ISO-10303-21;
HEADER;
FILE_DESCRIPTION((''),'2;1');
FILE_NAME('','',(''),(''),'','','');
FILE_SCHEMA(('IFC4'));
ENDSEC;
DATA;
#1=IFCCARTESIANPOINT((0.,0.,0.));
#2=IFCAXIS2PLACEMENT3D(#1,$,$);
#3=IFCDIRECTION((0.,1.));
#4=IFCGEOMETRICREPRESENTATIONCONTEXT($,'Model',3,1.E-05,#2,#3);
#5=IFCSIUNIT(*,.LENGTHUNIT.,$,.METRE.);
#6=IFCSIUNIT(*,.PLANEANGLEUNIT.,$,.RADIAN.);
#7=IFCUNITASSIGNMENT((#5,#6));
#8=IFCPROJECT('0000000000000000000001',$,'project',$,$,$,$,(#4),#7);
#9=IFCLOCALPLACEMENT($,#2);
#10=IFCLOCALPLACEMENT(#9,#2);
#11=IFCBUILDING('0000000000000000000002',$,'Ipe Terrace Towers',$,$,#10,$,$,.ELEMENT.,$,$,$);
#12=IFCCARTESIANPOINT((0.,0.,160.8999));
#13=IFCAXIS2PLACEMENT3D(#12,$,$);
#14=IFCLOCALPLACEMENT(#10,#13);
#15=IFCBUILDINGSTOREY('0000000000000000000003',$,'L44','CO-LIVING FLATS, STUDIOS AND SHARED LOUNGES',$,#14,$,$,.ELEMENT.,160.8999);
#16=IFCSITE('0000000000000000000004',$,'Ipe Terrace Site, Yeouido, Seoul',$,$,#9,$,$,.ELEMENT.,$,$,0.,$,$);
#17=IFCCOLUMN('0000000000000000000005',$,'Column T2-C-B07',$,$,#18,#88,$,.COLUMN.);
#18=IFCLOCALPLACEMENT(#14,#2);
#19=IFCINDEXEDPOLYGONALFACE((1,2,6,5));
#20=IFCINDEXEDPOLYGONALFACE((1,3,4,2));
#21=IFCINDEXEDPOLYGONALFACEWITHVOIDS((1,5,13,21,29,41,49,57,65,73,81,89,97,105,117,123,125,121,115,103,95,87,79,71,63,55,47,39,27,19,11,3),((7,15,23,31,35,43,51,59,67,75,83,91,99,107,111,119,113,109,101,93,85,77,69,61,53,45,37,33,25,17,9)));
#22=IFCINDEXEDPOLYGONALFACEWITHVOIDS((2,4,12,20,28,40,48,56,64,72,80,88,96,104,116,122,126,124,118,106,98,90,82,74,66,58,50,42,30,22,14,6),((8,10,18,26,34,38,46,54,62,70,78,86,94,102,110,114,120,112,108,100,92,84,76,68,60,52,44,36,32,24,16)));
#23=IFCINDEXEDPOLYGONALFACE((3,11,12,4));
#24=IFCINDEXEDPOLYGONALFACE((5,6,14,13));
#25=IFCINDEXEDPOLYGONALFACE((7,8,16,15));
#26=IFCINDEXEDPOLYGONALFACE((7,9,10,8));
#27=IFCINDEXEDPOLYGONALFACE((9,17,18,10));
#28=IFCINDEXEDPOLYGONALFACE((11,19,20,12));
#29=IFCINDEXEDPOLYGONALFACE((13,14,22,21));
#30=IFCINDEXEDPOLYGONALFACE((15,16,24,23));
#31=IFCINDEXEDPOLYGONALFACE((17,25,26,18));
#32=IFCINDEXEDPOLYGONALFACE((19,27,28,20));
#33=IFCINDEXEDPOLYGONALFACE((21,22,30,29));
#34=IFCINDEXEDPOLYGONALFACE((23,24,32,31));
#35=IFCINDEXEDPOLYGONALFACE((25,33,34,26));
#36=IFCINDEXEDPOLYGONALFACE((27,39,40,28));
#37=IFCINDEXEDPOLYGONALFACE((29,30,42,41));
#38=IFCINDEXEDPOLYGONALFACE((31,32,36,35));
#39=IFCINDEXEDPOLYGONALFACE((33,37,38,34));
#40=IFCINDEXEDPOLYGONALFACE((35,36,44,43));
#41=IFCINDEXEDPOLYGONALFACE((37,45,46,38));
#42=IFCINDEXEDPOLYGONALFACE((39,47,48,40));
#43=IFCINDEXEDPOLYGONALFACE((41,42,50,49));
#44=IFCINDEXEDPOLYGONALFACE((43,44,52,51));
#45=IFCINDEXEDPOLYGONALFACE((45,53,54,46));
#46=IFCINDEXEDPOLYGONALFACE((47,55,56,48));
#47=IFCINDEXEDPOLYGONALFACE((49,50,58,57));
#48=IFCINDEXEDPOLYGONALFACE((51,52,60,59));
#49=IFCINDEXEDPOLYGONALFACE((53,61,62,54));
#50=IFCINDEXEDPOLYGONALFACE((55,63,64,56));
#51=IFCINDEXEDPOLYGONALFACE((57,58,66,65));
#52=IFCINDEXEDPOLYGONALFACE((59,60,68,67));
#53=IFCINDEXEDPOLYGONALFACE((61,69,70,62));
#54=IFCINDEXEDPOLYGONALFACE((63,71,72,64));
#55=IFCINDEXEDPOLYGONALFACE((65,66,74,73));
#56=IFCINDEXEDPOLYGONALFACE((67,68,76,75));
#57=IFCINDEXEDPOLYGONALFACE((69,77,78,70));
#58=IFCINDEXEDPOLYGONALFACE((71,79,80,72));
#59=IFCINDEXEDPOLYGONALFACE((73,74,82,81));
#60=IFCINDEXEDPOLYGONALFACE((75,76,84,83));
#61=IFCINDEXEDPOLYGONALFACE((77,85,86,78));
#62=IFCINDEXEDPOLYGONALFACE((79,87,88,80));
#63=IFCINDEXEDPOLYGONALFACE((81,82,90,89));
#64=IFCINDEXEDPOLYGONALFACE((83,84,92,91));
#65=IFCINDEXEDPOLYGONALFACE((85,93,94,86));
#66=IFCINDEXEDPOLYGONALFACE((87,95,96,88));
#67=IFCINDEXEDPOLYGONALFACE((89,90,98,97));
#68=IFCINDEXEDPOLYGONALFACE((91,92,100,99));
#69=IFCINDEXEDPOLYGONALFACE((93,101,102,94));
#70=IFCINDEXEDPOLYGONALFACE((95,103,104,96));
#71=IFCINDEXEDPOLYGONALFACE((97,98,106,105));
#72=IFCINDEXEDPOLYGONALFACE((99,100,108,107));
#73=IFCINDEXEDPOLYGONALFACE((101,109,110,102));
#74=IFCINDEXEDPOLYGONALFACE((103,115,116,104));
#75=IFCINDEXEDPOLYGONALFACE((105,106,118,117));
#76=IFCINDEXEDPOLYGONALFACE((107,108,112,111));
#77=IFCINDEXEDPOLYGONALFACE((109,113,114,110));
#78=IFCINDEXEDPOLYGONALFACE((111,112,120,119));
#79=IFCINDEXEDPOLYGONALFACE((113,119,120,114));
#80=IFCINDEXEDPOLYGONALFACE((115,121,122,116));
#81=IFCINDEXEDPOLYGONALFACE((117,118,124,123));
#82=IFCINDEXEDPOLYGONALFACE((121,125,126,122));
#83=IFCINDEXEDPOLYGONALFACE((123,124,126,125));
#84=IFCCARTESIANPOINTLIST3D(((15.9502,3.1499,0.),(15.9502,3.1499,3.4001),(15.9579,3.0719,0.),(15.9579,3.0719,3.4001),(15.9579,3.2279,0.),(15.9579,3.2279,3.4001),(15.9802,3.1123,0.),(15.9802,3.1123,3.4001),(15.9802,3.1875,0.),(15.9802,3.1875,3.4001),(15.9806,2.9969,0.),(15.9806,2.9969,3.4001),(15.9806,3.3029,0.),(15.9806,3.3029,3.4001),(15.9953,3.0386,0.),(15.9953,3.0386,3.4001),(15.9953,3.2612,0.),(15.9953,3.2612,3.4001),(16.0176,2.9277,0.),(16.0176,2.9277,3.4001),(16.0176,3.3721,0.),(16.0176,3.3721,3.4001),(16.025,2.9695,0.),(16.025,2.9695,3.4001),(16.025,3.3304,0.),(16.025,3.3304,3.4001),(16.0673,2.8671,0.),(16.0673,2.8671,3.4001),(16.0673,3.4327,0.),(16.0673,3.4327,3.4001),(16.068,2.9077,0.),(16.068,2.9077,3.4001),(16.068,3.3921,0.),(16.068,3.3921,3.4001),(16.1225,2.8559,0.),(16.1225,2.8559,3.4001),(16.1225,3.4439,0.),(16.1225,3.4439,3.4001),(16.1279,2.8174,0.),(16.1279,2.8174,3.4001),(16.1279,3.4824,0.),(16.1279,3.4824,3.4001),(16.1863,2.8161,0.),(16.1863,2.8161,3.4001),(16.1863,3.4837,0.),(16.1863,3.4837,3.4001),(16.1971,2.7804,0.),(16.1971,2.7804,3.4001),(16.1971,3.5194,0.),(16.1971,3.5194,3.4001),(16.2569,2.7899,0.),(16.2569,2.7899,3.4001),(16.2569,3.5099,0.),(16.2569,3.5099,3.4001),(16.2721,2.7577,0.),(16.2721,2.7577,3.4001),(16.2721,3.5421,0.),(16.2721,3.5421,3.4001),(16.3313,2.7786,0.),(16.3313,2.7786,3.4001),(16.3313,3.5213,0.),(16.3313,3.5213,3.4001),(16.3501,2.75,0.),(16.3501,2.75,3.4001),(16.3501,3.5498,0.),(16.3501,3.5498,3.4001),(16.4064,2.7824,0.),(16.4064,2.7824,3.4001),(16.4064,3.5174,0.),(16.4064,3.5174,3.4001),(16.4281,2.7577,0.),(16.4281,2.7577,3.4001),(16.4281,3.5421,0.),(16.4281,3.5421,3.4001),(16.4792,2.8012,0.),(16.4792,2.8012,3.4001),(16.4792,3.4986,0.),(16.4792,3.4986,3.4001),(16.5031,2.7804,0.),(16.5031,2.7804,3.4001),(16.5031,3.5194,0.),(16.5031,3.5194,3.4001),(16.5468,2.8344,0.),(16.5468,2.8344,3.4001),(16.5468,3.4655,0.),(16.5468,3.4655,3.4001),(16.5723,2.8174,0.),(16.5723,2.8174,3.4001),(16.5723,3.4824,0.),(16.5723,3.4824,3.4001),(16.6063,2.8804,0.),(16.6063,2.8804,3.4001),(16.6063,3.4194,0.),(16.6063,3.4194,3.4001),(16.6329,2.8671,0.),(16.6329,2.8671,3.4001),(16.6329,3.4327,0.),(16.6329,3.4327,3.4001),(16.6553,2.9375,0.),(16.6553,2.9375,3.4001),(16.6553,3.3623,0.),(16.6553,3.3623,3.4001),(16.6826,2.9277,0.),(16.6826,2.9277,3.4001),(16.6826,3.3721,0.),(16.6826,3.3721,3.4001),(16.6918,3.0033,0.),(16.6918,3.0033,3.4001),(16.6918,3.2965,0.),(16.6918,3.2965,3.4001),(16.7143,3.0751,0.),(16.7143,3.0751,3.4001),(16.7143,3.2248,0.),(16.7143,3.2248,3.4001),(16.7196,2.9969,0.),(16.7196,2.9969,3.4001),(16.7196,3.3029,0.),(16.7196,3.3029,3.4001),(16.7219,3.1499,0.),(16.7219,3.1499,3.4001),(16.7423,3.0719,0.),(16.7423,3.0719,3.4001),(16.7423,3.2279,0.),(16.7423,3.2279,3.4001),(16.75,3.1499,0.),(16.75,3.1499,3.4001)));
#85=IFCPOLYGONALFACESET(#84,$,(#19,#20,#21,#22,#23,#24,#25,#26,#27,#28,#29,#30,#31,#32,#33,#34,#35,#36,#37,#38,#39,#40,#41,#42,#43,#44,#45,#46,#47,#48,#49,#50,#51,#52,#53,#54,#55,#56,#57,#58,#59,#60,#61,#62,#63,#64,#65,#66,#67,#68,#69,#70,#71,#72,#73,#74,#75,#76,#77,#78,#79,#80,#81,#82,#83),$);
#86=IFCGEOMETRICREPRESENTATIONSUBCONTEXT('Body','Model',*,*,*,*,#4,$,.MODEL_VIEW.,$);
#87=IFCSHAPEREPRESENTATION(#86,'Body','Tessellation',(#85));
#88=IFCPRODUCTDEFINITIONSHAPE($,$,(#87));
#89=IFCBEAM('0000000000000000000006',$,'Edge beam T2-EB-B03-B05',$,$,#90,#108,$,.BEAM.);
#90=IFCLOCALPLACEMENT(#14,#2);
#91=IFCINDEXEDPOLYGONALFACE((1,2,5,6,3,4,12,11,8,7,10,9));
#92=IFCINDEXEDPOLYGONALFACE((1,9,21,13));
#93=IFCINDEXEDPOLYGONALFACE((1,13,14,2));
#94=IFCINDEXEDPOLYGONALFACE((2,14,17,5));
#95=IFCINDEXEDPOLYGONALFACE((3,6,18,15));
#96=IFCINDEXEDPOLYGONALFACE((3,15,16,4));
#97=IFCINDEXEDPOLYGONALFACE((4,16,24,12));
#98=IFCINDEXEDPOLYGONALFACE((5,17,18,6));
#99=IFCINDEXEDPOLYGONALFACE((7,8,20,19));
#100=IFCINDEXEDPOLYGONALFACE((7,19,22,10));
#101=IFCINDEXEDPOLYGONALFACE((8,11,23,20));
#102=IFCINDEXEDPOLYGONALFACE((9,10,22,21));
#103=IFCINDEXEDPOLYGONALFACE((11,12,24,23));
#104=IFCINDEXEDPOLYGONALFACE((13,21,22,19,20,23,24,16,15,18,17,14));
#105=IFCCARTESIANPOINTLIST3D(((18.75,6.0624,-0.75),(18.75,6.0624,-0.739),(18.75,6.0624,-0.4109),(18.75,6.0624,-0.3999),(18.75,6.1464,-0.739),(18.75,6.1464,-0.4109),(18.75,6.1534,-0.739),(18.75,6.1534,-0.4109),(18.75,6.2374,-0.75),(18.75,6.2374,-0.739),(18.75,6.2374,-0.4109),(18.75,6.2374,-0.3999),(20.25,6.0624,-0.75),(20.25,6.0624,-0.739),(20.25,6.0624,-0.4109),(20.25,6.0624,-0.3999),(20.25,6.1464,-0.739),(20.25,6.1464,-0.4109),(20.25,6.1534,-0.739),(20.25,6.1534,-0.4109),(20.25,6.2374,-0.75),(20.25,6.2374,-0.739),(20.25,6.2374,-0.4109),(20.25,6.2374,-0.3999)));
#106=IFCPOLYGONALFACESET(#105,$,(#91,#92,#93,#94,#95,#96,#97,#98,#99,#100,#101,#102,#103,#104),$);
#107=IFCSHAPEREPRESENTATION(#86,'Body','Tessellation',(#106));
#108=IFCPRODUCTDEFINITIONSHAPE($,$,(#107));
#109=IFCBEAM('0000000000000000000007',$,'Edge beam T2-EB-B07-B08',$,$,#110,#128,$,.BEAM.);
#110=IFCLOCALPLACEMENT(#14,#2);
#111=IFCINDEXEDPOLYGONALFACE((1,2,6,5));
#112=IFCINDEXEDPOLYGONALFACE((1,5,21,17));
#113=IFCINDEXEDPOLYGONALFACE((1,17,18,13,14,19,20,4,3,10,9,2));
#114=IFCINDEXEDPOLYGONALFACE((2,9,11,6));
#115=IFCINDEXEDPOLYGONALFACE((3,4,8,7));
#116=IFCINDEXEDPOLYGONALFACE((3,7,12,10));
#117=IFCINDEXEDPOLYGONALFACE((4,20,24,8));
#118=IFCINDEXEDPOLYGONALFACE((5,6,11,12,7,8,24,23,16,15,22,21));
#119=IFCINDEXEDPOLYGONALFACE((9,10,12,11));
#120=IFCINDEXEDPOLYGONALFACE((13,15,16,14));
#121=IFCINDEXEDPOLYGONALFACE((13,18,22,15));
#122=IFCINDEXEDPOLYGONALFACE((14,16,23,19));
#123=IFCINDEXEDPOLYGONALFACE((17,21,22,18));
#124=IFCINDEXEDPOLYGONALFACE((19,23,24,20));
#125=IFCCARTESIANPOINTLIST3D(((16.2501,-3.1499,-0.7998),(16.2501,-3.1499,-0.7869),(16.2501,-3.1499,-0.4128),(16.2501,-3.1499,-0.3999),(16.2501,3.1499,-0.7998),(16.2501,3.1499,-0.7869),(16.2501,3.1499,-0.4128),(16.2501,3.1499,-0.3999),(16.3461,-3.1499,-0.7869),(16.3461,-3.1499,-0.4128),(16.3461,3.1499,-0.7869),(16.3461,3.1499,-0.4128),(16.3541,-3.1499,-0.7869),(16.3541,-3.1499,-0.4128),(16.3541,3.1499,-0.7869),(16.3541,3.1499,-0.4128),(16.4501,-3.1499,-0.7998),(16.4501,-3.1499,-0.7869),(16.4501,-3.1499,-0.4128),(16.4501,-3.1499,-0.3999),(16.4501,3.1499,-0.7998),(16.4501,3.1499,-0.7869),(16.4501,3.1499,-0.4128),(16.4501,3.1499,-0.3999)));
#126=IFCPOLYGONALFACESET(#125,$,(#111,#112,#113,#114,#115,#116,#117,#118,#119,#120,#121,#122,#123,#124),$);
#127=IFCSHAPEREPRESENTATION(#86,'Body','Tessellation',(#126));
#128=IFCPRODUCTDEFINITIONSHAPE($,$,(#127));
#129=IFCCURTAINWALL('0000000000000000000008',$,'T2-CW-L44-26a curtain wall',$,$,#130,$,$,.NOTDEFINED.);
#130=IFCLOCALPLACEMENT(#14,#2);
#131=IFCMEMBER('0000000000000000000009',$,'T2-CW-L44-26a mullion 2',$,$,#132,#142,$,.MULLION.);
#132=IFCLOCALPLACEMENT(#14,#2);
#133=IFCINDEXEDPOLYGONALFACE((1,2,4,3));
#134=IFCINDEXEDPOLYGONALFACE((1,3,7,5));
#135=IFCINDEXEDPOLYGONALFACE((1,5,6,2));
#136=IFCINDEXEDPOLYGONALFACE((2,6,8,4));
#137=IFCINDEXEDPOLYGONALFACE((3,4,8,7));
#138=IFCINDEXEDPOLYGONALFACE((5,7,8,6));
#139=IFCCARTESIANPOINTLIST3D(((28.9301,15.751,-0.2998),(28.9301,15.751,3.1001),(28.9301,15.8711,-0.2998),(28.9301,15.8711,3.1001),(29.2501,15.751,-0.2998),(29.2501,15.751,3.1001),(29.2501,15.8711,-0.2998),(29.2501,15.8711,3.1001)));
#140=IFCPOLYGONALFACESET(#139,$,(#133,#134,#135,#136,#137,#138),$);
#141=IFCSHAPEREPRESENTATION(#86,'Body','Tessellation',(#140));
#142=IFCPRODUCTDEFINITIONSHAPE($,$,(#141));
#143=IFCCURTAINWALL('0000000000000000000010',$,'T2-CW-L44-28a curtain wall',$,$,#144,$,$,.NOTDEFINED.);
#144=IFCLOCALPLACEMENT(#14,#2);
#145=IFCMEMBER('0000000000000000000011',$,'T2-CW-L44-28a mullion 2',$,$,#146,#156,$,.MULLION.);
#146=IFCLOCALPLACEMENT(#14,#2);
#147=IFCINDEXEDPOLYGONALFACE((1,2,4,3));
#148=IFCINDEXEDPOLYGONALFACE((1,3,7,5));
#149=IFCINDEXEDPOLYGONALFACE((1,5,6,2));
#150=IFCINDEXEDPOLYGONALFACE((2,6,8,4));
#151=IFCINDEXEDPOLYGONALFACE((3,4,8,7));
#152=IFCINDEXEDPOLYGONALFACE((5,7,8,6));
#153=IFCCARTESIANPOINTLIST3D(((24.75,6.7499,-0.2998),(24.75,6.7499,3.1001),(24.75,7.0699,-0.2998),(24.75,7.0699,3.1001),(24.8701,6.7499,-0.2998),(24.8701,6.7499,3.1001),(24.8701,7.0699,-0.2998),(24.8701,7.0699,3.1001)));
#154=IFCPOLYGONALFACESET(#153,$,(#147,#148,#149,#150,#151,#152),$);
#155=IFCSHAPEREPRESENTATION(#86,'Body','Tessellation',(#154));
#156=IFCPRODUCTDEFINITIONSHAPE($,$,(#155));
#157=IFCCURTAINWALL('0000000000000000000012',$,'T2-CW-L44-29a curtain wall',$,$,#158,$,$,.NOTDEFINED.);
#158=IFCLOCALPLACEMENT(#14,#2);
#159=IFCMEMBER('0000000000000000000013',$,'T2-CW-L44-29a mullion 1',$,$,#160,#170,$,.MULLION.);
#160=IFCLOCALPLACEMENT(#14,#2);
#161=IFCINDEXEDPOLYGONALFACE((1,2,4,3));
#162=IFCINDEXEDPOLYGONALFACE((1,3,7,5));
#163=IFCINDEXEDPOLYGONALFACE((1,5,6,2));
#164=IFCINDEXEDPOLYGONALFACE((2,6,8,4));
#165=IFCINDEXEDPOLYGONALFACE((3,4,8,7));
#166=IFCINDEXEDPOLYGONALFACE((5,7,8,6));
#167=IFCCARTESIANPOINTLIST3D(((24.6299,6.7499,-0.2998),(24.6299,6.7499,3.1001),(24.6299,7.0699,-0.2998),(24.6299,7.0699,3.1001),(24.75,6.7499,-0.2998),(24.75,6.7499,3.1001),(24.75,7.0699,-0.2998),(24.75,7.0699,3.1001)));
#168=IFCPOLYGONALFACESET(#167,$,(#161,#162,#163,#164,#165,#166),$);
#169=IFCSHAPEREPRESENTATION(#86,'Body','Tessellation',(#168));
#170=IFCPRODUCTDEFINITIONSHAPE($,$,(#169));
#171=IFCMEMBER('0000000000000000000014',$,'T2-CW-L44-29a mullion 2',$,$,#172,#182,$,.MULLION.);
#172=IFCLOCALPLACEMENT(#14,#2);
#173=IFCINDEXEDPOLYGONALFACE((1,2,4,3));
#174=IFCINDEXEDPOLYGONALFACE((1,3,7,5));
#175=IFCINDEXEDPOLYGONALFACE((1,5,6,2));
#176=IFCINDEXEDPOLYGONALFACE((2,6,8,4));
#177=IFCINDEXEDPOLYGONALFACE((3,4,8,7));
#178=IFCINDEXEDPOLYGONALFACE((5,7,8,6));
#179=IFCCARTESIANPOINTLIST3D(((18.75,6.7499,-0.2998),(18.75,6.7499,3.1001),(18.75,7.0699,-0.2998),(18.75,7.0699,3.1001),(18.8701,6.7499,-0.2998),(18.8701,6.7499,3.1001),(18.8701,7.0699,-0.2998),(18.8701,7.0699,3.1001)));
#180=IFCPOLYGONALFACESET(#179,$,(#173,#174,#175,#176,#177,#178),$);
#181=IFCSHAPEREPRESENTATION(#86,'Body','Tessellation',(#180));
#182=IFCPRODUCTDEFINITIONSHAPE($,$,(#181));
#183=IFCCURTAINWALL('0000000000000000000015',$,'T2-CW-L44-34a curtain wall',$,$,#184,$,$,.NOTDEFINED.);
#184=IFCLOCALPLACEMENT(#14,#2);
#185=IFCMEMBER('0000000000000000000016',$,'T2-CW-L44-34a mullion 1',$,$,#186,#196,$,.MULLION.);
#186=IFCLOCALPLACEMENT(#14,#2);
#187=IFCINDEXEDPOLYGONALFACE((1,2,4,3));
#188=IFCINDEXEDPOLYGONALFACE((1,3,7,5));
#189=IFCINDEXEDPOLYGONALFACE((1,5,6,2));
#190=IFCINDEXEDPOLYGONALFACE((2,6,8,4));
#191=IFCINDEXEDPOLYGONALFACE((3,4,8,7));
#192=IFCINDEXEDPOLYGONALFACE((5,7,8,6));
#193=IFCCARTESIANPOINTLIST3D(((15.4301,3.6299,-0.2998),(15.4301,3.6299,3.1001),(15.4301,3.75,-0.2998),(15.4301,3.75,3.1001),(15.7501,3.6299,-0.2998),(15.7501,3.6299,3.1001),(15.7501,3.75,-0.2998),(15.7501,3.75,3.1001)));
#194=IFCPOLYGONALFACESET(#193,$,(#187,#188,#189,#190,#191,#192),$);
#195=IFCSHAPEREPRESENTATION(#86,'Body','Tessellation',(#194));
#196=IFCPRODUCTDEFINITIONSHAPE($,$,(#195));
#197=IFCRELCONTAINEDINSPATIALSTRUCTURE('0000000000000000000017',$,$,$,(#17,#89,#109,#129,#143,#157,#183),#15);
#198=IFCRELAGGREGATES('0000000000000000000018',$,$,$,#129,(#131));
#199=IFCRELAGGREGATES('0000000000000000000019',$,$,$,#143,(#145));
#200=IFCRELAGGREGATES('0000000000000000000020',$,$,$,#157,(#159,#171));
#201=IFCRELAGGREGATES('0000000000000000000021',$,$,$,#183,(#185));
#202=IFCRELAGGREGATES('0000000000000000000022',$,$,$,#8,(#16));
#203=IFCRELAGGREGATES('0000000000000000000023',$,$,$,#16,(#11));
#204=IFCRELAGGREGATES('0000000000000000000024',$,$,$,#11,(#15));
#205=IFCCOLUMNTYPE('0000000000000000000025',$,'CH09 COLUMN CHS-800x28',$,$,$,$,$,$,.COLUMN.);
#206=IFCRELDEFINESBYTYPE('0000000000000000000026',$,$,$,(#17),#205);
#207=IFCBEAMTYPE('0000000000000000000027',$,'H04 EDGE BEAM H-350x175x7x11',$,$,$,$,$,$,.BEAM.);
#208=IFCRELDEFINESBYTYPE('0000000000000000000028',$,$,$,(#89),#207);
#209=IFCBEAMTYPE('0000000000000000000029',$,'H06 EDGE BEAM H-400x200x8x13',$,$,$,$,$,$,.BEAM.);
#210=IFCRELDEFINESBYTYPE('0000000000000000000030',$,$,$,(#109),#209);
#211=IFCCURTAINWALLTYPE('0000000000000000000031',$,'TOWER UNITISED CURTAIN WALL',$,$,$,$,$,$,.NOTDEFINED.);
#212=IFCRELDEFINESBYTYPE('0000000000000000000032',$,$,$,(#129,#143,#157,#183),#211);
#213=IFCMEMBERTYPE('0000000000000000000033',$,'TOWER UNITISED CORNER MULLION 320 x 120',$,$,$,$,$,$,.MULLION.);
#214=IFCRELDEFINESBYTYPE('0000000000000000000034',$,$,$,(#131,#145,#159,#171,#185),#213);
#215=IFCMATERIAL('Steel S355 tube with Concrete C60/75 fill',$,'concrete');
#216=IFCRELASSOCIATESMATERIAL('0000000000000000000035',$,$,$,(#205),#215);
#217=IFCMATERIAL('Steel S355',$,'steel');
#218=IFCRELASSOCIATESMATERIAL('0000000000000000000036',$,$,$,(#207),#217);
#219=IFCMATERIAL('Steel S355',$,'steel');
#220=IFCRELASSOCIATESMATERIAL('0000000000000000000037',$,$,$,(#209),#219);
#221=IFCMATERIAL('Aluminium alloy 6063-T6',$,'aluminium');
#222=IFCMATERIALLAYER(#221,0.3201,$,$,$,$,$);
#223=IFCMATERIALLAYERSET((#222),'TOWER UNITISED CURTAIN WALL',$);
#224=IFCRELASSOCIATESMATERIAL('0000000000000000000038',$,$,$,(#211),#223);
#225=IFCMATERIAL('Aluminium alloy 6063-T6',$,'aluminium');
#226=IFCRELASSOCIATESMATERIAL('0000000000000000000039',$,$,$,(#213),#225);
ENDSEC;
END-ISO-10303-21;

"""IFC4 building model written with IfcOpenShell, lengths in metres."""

from ifc_helpers import new_model, si_unit, direction, frame, origin, origin_2d, place, context, subcontext, project, spatial, rectangle, hollow_circle, i_section, extrude, material, layer, layer_set, material_profile, profile_set, type_object, element, aggregate, save


model = new_model("IFC4")

# Units and contexts
model_context = context("Model", 3, precision=1e-05, world=origin(), true_north=direction((0.0, 1.0)))
body_context = subcontext(model_context, "Body", "Model", "MODEL_VIEW")
ifc_project = project(units=[si_unit("LENGTHUNIT", "METRE"), si_unit("PLANEANGLEUNIT", "RADIAN")], contexts=[model_context])

# Site, building, storey
site_placement = place(None, origin())
site = spatial("IfcSite", under=ifc_project, at=site_placement, Name="Ipe Terrace Site, Yeouido, Seoul", CompositionType="ELEMENT", RefElevation=0.0)
building_placement = place(site_placement, origin())
building = spatial("IfcBuilding", under=site, at=building_placement, Name="Ipe Terrace Towers", CompositionType="ELEMENT")
storey_placement = place(building_placement, frame((0.0, 0.0, 160.8999)))
storey = spatial("IfcBuildingStorey", under=building, at=storey_placement, Name="L44", Description="CO-LIVING FLATS, STUDIOS AND SHARED LOUNGES", CompositionType="ELEMENT", Elevation=160.8999)

# Column
ifc_material_1 = material(Name="Steel S355 tube with Concrete C60/75 fill", Category="concrete")
ifc_material_profile_1 = material_profile(ifc_material_1, hollow_circle(Radius=0.3999, WallThickness=0.0281, at=origin_2d()), Name="CHS-800x28")
ifc_profile_set_1 = profile_set([ifc_material_profile_1], Name="Steel S355 tube with Concrete C60/75 fill")
column_type = type_object("IfcColumnType", Name="CH09 COLUMN CHS-800x28", PredefinedType="COLUMN", material=ifc_profile_set_1)
for number, where, z_axis, x_axis, name in (
    (1, (16.3501, 3.1499, 0.0), (0.0, 0.0, 1.0), (1.0, 0.0, 0.0), "Column T2-C-B07"),
):
    element("IfcColumn", number, at=place(storey_placement, frame(where, z_axis=z_axis, x_axis=x_axis)), inside=storey, type_object=column_type, Name=name, PredefinedType="COLUMN", context=body_context, shape_type="SweptSolid", body=[
        extrude(hollow_circle(Radius=0.3999, WallThickness=0.0281, at=origin_2d()), origin(), (0.0, 0.0, 1.0), 3.4001),
    ])

# Beams
ifc_material_2 = material(Name="Steel S355", Category="steel")
ifc_material_profile_2 = material_profile(ifc_material_2, i_section(OverallWidth=0.175, OverallDepth=0.3501, WebThickness=0.0071, FlangeThickness=0.011, at=origin_2d()), Name="H-350x175x7x11")
ifc_profile_set_2 = profile_set([ifc_material_profile_2], Name="Steel S355")
beam_type_1 = type_object("IfcBeamType", Name="H04 EDGE BEAM H-350x175x7x11", PredefinedType="BEAM", material=ifc_profile_set_2)
beam_1_placement = place(storey_placement, frame((20.25, 6.1499, -0.575), z_axis=(-1.0, 0.0, 0.0), x_axis=(0.0, -1.0, 0.0)))
element("IfcBeam", 2, at=beam_1_placement, inside=storey, type_object=beam_type_1, Name="Edge beam T2-EB-B03-B05", PredefinedType="BEAM", context=body_context, shape_type="SweptSolid", body=[
    extrude(i_section(OverallWidth=0.175, OverallDepth=0.3501, WebThickness=0.0071, FlangeThickness=0.011, at=origin_2d()), origin(), (0.0, 0.0, 1.0), 1.5),
])
ifc_material_3 = material(Name="Steel S355", Category="steel")
ifc_material_profile_3 = material_profile(ifc_material_3, i_section(OverallWidth=0.2, OverallDepth=0.3999, WebThickness=0.0081, FlangeThickness=0.0129, at=origin_2d()), Name="H-400x200x8x13")
ifc_profile_set_3 = profile_set([ifc_material_profile_3], Name="Steel S355")
beam_type_2 = type_object("IfcBeamType", Name="H06 EDGE BEAM H-400x200x8x13", PredefinedType="BEAM", material=ifc_profile_set_3)
beam_2_placement = place(storey_placement, frame((16.3501, 3.1499, -0.5999), z_axis=(0.0, -1.0, 0.0), x_axis=(1.0, 0.0, 0.0)))
element("IfcBeam", 3, at=beam_2_placement, inside=storey, type_object=beam_type_2, Name="Edge beam T2-EB-B07-B08", PredefinedType="BEAM", context=body_context, shape_type="SweptSolid", body=[
    extrude(i_section(OverallWidth=0.2, OverallDepth=0.3999, WebThickness=0.0081, FlangeThickness=0.0129, at=origin_2d()), origin(), (0.0, 0.0, 1.0), 6.2998),
])

# Curtain walls, members
ifc_material_4 = material(Name="Aluminium alloy 6063-T6", Category="aluminium")
ifc_layer_1 = layer(ifc_material_4, 0.3201)
ifc_layer_set_1 = layer_set([ifc_layer_1], Name="TOWER UNITISED CURTAIN WALL")
curtain_wall_type = type_object("IfcCurtainWallType", Name="TOWER UNITISED CURTAIN WALL", PredefinedType="NOTDEFINED", material=ifc_layer_set_1)
curtain_wall_1_placement = place(storey_placement, origin())
curtain_wall_1 = element("IfcCurtainWall", 4, at=curtain_wall_1_placement, inside=storey, type_object=curtain_wall_type, Name="T2-CW-L44-26a curtain wall", PredefinedType="NOTDEFINED")
ifc_material_5 = material(Name="Aluminium alloy 6063-T6", Category="aluminium")
ifc_material_profile_4 = material_profile(ifc_material_5, rectangle(XDim=0.3201, YDim=0.1201, at=origin_2d()), Name="TOWER UNITISED CORNER MULLION 320 x 120")
ifc_profile_set_4 = profile_set([ifc_material_profile_4], Name="Aluminium alloy 6063-T6")
member_type_1 = type_object("IfcMemberType", Name="TOWER UNITISED CORNER MULLION 320 x 120", PredefinedType="MULLION", material=ifc_profile_set_4)
member_1_placement = place(storey_placement, frame((29.0901, 15.811, -0.2998), z_axis=(0.0, 0.0, 1.0), x_axis=(-1.0, 0.0, 0.0)))
member_1 = element("IfcMember", 5, at=member_1_placement, type_object=member_type_1, Name="T2-CW-L44-26a mullion 2", PredefinedType="MULLION", context=body_context, shape_type="SweptSolid", body=[
    extrude(rectangle(XDim=0.3201, YDim=0.1201, at=origin_2d()), origin(), (0.0, 0.0, 1.0), 3.3999),
])
aggregate(curtain_wall_1, [member_1])
curtain_wall_2_placement = place(storey_placement, origin())
curtain_wall_2 = element("IfcCurtainWall", 6, at=curtain_wall_2_placement, inside=storey, type_object=curtain_wall_type, Name="T2-CW-L44-28a curtain wall", PredefinedType="NOTDEFINED")
member_2_placement = place(storey_placement, frame((24.8101, 6.9099, -0.2998), z_axis=(0.0, 0.0, 1.0), x_axis=(0.0, 1.0, 0.0)))
member_2 = element("IfcMember", 7, at=member_2_placement, type_object=member_type_1, Name="T2-CW-L44-28a mullion 2", PredefinedType="MULLION", context=body_context, shape_type="SweptSolid", body=[
    extrude(rectangle(XDim=0.3201, YDim=0.1201, at=origin_2d()), origin(), (0.0, 0.0, 1.0), 3.3999),
])

# Curtain walls, members
curtain_wall_3_placement = place(storey_placement, origin())
curtain_wall_3 = element("IfcCurtainWall", 8, at=curtain_wall_3_placement, inside=storey, type_object=curtain_wall_type, Name="T2-CW-L44-29a curtain wall", PredefinedType="NOTDEFINED")
member_3_placement = place(storey_placement, frame((24.6899, 6.9099, -0.2998), z_axis=(0.0, 0.0, 1.0), x_axis=(0.0, 1.0, 0.0)))
member_3 = element("IfcMember", 9, at=member_3_placement, type_object=member_type_1, Name="T2-CW-L44-29a mullion 1", PredefinedType="MULLION", context=body_context, shape_type="SweptSolid", body=[
    extrude(rectangle(XDim=0.3201, YDim=0.1201, at=origin_2d()), origin(), (0.0, 0.0, 1.0), 3.3999),
])
member_4_placement = place(storey_placement, frame((18.8101, 6.9099, -0.2998), z_axis=(0.0, 0.0, 1.0), x_axis=(0.0, 1.0, 0.0)))
member_4 = element("IfcMember", 10, at=member_4_placement, type_object=member_type_1, Name="T2-CW-L44-29a mullion 2", PredefinedType="MULLION", context=body_context, shape_type="SweptSolid", body=[
    extrude(rectangle(XDim=0.3201, YDim=0.1201, at=origin_2d()), origin(), (0.0, 0.0, 1.0), 3.3999),
])
curtain_wall_4_placement = place(storey_placement, origin())
curtain_wall_4 = element("IfcCurtainWall", 11, at=curtain_wall_4_placement, inside=storey, type_object=curtain_wall_type, Name="T2-CW-L44-34a curtain wall", PredefinedType="NOTDEFINED")
member_5_placement = place(storey_placement, frame((15.5901, 3.6899, -0.2998), z_axis=(0.0, 0.0, 1.0), x_axis=(-1.0, 0.0, 0.0)))
member_5 = element("IfcMember", 12, at=member_5_placement, type_object=member_type_1, Name="T2-CW-L44-34a mullion 1", PredefinedType="MULLION", context=body_context, shape_type="SweptSolid", body=[
    extrude(rectangle(XDim=0.3201, YDim=0.1201, at=origin_2d()), origin(), (0.0, 0.0, 1.0), 3.3999),
])

aggregate(curtain_wall_2, [member_2])
aggregate(curtain_wall_3, [member_3, member_4])
aggregate(curtain_wall_4, [member_5])

save(model, "model.ifc")
